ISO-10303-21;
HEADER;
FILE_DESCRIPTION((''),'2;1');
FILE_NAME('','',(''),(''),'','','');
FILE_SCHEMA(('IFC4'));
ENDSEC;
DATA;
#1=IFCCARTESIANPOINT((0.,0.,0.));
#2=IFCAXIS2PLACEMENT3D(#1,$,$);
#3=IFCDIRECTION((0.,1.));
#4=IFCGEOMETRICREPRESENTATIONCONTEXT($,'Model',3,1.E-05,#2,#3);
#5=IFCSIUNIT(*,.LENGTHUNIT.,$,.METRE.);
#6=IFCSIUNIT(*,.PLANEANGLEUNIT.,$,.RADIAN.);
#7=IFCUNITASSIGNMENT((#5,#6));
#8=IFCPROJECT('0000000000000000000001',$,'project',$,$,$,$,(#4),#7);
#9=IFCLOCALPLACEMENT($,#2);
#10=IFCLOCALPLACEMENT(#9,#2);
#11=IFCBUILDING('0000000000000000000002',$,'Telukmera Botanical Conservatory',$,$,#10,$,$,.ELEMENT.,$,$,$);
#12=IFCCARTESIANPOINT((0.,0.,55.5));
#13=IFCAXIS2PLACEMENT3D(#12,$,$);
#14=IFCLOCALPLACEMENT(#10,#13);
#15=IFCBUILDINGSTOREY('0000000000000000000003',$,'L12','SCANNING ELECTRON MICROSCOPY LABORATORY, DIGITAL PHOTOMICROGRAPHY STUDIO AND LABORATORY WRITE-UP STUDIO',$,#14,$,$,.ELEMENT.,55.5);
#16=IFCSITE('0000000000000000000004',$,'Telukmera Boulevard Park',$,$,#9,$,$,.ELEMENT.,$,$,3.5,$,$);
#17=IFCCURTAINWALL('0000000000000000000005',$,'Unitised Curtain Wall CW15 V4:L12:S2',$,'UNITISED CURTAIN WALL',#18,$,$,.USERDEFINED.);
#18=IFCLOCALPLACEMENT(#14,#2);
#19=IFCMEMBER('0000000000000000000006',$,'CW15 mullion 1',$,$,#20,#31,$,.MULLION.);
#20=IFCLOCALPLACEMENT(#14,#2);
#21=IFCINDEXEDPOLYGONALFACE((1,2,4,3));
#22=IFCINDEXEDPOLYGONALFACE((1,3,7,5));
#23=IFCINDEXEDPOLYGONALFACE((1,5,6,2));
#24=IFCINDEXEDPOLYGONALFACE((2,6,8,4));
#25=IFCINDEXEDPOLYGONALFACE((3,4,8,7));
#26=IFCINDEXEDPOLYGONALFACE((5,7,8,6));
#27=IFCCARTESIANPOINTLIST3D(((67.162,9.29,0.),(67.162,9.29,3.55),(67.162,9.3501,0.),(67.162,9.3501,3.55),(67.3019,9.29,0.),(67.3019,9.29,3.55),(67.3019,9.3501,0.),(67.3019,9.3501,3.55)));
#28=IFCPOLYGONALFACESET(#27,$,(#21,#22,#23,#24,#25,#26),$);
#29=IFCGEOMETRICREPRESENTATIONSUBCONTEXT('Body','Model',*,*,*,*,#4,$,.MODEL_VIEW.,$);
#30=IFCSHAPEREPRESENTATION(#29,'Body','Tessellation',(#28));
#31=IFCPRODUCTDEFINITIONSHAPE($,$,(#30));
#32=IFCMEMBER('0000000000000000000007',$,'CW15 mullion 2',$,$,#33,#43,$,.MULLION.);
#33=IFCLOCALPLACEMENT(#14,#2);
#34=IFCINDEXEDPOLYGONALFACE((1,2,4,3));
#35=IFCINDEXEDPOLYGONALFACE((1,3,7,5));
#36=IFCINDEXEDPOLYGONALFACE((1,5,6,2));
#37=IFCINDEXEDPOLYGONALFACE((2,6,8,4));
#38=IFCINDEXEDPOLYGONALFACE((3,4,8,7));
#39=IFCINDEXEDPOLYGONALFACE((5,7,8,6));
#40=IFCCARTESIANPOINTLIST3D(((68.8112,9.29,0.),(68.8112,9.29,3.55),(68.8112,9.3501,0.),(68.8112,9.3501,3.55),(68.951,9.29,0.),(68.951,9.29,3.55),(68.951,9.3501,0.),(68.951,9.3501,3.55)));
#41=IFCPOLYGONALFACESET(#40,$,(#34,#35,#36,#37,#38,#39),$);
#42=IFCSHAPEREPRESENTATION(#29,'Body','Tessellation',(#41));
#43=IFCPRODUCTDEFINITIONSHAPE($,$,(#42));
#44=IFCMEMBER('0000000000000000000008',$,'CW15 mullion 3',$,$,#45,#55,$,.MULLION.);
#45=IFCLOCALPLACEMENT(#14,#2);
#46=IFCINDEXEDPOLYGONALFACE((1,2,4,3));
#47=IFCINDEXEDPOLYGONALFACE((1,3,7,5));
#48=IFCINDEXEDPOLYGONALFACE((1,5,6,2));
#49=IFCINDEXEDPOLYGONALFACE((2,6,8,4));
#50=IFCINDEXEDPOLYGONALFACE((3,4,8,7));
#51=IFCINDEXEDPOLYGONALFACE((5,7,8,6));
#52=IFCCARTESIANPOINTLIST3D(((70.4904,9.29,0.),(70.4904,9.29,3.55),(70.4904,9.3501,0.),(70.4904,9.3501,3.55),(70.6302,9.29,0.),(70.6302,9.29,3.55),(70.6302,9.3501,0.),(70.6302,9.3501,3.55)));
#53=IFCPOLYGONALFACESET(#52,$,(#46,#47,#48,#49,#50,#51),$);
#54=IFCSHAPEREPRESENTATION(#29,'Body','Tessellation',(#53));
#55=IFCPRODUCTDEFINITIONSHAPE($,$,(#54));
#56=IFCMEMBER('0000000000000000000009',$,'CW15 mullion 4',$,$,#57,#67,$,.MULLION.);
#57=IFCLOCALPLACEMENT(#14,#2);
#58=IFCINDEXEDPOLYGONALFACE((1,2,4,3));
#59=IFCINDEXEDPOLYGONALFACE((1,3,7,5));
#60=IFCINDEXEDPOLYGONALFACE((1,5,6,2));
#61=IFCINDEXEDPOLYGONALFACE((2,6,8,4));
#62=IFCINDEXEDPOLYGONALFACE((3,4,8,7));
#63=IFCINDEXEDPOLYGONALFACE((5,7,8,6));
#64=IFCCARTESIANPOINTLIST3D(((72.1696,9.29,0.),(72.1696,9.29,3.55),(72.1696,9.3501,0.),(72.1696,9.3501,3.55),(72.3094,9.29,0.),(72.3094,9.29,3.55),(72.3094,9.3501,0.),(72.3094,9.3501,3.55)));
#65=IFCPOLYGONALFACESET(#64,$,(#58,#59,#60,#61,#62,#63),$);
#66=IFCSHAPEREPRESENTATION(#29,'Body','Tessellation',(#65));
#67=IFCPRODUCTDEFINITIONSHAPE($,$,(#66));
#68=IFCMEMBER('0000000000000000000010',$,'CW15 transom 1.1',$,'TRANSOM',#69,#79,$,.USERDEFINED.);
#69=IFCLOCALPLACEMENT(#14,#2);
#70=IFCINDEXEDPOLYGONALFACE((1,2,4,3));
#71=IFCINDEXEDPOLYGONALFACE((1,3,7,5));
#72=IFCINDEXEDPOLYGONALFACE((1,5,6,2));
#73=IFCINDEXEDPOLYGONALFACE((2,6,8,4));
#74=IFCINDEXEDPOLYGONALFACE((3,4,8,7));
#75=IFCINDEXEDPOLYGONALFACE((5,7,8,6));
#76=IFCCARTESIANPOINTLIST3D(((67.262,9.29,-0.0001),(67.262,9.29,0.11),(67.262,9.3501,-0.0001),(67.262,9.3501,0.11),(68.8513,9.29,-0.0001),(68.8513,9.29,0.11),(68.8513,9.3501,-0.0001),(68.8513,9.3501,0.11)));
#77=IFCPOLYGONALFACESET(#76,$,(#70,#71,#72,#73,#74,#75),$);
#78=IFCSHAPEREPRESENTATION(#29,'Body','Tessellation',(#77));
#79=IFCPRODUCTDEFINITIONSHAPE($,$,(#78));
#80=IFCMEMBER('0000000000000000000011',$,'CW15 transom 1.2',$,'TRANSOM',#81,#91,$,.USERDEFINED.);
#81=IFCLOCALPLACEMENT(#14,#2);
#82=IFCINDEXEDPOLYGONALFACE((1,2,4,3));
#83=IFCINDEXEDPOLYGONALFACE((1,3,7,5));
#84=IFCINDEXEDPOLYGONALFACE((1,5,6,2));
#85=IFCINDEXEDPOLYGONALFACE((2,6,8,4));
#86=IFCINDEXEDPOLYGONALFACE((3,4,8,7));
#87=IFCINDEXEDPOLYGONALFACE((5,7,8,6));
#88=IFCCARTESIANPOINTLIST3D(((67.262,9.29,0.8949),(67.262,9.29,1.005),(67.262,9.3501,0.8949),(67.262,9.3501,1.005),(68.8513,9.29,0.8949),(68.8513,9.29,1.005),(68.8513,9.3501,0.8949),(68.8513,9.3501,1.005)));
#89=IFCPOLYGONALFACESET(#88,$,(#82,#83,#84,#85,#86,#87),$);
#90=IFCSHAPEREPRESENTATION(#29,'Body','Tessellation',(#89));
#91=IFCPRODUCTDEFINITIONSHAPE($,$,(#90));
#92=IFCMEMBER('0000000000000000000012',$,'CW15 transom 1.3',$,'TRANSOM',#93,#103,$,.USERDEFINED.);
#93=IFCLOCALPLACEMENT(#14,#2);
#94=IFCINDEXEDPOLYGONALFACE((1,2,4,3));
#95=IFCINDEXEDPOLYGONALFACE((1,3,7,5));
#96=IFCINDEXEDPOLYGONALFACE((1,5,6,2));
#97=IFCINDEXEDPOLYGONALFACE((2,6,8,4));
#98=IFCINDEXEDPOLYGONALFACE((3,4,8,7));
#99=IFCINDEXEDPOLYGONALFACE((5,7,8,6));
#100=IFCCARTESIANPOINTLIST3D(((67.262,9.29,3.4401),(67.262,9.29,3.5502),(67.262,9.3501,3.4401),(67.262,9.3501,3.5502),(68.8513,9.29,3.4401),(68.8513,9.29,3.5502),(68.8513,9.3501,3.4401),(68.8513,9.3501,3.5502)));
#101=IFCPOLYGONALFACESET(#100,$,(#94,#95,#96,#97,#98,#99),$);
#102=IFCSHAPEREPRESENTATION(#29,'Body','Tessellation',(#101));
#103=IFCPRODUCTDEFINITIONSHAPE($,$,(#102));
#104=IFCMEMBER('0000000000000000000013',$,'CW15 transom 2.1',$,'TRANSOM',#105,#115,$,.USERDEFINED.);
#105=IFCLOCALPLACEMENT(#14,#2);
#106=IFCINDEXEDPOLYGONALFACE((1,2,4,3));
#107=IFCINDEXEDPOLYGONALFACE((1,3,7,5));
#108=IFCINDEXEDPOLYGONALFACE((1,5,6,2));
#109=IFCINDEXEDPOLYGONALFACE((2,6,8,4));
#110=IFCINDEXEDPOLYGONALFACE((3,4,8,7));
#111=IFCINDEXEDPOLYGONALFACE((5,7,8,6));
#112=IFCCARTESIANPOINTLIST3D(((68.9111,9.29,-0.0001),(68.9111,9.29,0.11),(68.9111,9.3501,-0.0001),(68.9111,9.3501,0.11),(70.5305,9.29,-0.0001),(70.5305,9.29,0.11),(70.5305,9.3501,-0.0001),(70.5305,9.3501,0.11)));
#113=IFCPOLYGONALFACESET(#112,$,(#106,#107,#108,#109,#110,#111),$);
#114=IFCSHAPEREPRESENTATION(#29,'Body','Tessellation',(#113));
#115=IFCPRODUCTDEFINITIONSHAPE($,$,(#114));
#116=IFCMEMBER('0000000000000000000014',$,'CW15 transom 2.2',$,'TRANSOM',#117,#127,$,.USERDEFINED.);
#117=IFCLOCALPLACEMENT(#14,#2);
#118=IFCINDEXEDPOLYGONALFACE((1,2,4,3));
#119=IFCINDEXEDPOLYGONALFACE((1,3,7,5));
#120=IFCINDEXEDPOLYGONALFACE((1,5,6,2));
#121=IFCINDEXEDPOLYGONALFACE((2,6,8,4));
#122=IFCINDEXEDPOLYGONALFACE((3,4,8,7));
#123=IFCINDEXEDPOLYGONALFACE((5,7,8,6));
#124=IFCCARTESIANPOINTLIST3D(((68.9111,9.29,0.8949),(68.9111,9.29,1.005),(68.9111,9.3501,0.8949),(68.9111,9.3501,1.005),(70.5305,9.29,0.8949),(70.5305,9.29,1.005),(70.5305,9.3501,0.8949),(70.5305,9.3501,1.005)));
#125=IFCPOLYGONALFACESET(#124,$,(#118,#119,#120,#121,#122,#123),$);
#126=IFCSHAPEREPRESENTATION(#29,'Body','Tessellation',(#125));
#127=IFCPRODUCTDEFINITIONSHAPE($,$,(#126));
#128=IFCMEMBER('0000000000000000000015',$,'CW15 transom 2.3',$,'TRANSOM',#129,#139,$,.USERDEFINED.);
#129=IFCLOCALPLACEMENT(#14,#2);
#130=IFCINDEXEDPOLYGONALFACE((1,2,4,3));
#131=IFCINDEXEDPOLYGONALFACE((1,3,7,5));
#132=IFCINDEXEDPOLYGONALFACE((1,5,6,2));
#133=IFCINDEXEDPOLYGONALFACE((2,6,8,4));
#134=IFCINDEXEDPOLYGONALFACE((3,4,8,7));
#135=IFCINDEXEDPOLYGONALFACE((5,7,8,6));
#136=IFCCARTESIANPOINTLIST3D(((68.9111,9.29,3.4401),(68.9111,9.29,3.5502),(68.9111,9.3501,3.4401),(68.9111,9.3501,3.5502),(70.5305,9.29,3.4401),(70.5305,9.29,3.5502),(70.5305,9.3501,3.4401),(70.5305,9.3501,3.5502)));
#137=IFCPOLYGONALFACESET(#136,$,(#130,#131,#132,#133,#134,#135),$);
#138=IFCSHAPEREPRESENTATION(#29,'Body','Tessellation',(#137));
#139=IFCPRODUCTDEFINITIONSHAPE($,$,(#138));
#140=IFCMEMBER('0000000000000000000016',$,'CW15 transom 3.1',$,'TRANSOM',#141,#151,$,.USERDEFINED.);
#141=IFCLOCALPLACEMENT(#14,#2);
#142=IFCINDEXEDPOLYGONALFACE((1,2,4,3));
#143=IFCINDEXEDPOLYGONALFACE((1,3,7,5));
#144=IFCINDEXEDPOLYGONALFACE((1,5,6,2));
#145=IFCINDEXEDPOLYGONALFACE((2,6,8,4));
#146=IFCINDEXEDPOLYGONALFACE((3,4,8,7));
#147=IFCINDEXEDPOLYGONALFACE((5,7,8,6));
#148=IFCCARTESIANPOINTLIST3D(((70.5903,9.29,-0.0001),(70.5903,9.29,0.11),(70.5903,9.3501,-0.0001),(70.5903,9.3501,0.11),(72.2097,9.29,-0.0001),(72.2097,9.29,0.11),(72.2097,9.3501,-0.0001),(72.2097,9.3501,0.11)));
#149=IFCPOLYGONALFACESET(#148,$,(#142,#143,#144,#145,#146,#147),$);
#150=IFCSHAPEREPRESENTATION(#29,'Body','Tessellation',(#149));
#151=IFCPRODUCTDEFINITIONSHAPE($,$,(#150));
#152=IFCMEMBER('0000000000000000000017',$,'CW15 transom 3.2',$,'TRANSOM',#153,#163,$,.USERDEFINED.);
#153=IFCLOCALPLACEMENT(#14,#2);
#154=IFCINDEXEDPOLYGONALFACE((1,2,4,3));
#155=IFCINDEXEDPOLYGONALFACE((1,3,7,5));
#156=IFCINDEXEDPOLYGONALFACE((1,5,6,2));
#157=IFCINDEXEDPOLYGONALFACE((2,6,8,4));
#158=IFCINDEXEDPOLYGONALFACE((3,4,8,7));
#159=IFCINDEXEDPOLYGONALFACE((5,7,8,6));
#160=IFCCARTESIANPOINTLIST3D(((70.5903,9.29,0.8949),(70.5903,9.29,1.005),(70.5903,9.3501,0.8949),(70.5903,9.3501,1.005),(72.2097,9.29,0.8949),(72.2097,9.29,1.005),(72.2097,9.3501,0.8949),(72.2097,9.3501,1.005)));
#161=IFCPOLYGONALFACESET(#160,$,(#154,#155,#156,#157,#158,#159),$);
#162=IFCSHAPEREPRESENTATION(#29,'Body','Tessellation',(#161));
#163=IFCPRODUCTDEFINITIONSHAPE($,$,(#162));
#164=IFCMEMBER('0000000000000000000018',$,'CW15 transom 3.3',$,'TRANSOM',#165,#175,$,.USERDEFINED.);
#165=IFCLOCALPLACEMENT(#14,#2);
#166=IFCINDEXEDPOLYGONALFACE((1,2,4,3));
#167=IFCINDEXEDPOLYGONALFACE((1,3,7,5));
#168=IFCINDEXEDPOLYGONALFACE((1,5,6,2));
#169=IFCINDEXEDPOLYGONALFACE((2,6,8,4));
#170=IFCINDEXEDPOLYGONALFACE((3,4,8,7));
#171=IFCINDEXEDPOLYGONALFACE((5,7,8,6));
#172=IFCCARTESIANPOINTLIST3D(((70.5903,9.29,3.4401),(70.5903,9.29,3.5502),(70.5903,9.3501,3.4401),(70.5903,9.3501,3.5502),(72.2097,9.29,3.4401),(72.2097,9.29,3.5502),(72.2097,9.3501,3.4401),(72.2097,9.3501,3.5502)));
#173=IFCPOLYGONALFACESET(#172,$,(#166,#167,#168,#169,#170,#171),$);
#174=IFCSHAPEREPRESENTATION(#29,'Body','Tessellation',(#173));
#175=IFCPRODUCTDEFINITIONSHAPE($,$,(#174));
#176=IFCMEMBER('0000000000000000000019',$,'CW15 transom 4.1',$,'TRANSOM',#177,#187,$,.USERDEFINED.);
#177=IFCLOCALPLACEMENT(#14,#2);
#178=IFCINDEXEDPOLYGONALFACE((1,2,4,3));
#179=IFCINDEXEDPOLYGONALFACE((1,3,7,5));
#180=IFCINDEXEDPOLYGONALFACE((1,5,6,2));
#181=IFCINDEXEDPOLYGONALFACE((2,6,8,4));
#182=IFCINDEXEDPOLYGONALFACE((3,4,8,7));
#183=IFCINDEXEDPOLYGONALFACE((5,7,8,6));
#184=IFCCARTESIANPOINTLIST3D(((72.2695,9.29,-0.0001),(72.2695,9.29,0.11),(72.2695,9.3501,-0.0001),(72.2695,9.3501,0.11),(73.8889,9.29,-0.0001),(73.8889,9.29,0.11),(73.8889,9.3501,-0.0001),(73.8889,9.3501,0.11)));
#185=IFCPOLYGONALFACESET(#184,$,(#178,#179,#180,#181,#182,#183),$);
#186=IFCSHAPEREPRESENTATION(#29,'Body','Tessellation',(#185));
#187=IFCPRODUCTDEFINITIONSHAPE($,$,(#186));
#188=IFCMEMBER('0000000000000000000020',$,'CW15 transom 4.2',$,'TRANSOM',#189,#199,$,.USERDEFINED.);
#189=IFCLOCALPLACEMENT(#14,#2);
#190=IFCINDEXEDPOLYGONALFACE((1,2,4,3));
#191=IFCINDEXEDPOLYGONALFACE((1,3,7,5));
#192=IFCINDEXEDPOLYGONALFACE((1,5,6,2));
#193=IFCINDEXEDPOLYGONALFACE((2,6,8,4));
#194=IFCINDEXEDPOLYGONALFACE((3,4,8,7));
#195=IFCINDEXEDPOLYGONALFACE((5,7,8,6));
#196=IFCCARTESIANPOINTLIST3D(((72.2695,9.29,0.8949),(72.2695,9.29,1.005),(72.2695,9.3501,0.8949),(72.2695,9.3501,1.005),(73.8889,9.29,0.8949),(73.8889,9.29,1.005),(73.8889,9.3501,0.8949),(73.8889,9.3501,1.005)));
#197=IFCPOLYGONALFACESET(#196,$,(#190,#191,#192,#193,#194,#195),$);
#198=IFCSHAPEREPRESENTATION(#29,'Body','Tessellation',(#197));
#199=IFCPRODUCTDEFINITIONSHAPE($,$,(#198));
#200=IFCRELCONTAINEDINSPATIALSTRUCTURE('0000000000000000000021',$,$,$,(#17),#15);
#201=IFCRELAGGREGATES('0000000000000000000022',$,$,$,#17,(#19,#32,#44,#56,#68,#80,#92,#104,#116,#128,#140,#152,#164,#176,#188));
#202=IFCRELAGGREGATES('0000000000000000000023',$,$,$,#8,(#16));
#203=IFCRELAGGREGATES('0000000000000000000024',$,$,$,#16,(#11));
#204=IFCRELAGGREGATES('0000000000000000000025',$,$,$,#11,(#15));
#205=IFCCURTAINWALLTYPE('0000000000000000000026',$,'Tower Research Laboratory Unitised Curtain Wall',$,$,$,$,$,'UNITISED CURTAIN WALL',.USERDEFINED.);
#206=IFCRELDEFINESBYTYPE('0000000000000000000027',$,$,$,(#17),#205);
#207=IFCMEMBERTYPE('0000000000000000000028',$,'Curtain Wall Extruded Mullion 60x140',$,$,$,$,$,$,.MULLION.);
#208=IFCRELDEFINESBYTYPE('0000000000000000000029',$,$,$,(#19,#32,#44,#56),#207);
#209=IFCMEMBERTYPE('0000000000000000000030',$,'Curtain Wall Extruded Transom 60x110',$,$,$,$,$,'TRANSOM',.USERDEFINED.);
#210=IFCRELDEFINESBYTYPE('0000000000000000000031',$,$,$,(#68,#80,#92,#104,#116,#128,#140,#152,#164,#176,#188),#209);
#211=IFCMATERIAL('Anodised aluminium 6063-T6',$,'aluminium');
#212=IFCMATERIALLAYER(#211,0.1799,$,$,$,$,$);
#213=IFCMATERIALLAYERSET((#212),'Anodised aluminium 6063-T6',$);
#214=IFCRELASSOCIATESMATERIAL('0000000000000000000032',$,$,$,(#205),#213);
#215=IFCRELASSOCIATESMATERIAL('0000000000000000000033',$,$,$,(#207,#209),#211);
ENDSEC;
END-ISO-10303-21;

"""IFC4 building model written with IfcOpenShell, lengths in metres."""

from ifc_helpers import new_model, si_unit, direction, frame, origin, origin_2d, place, context, subcontext, project, spatial, rectangle, extrude, material, layer, layer_set, material_profile, profile_set, type_object, element, aggregate, save


model = new_model("IFC4")

# Units and contexts
model_context = context("Model", 3, precision=1e-05, world=origin(), true_north=direction((0.0, 1.0)))
body_context = subcontext(model_context, "Body", "Model", "MODEL_VIEW")
ifc_project = project(units=[si_unit("LENGTHUNIT", "METRE"), si_unit("PLANEANGLEUNIT", "RADIAN")], contexts=[model_context])

# Site, building, storey
site_placement = place(None, origin())
site = spatial("IfcSite", under=ifc_project, at=site_placement, Name="Telukmera Boulevard Park", CompositionType="ELEMENT", RefElevation=3.5)
building_placement = place(site_placement, origin())
building = spatial("IfcBuilding", under=site, at=building_placement, Name="Telukmera Botanical Conservatory", CompositionType="ELEMENT")
storey_placement = place(building_placement, frame((0.0, 0.0, 55.5)))
storey = spatial("IfcBuildingStorey", under=building, at=storey_placement, Name="L12", Description="SCANNING ELECTRON MICROSCOPY LABORATORY, DIGITAL PHOTOMICROGRAPHY STUDIO AND LABORATORY WRITE-UP STUDIO", CompositionType="ELEMENT", Elevation=55.5)

# Curtain wall, members
ifc_material_1 = material(Name="Anodised aluminium 6063-T6", Category="aluminium")
ifc_layer_1 = layer(ifc_material_1, 0.1799)
ifc_layer_set_1 = layer_set([ifc_layer_1], Name="Anodised aluminium 6063-T6")
curtain_wall_type = type_object("IfcCurtainWallType", Name="Tower Research Laboratory Unitised Curtain Wall", ElementType="UNITISED CURTAIN WALL", PredefinedType="USERDEFINED", material=ifc_layer_set_1)
curtain_wall_placement = place(storey_placement, origin())
curtain_wall = element("IfcCurtainWall", 1, at=curtain_wall_placement, inside=storey, type_object=curtain_wall_type, Name="Unitised Curtain Wall CW15 V4:L12:S2", ObjectType="UNITISED CURTAIN WALL", PredefinedType="USERDEFINED")
ifc_material_profile_1 = material_profile(ifc_material_1, rectangle(XDim=0.0601, YDim=0.1399, at=origin_2d()), Name="ALU MULL 60x140")
ifc_profile_set_1 = profile_set([ifc_material_profile_1], Name="Anodised aluminium 6063-T6")
member_type_1 = type_object("IfcMemberType", Name="Curtain Wall Extruded Mullion 60x140", PredefinedType="MULLION", material=ifc_profile_set_1)
member_1_placement = place(storey_placement, frame((67.2319, 9.3201, 0.0), z_axis=(0.0, 0.0, 1.0), x_axis=(0.0, 1.0, 0.0)))
member_1 = element("IfcMember", 2, at=member_1_placement, type_object=member_type_1, Name="CW15 mullion 1", PredefinedType="MULLION", context=body_context, shape_type="SweptSolid", body=[
    extrude(rectangle(XDim=0.0601, YDim=0.1399, at=origin_2d()), origin(), (0.0, 0.0, 1.0), 3.55),
])
member_2_placement = place(storey_placement, frame((68.8811, 9.3201, 0.0), z_axis=(0.0, 0.0, 1.0), x_axis=(0.0, 1.0, 0.0)))
member_2 = element("IfcMember", 3, at=member_2_placement, type_object=member_type_1, Name="CW15 mullion 2", PredefinedType="MULLION", context=body_context, shape_type="SweptSolid", body=[
    extrude(rectangle(XDim=0.0601, YDim=0.1399, at=origin_2d()), origin(), (0.0, 0.0, 1.0), 3.55),
])
member_3_placement = place(storey_placement, frame((70.5603, 9.3201, 0.0), z_axis=(0.0, 0.0, 1.0), x_axis=(0.0, 1.0, 0.0)))
member_3 = element("IfcMember", 4, at=member_3_placement, type_object=member_type_1, Name="CW15 mullion 3", PredefinedType="MULLION", context=body_context, shape_type="SweptSolid", body=[
    extrude(rectangle(XDim=0.0601, YDim=0.1399, at=origin_2d()), origin(), (0.0, 0.0, 1.0), 3.55),
])
member_4_placement = place(storey_placement, frame((72.2395, 9.3201, 0.0), z_axis=(0.0, 0.0, 1.0), x_axis=(0.0, 1.0, 0.0)))
member_4 = element("IfcMember", 5, at=member_4_placement, type_object=member_type_1, Name="CW15 mullion 4", PredefinedType="MULLION", context=body_context, shape_type="SweptSolid", body=[
    extrude(rectangle(XDim=0.0601, YDim=0.1399, at=origin_2d()), origin(), (0.0, 0.0, 1.0), 3.55),
])
ifc_material_profile_2 = material_profile(ifc_material_1, rectangle(XDim=0.0601, YDim=0.1101, at=origin_2d()), Name="ALU TRAN 60x110")
ifc_profile_set_2 = profile_set([ifc_material_profile_2], Name="Anodised aluminium 6063-T6")
member_type_2 = type_object("IfcMemberType", Name="Curtain Wall Extruded Transom 60x110", ElementType="TRANSOM", PredefinedType="USERDEFINED", material=ifc_profile_set_2)
member_5_placement = place(storey_placement, frame((67.262, 9.3201, 0.0549), z_axis=(1.0, 0.0, 0.0), x_axis=(0.0, 1.0, 0.0)))
member_5 = element("IfcMember", 6, at=member_5_placement, type_object=member_type_2, Name="CW15 transom 1.1", ObjectType="TRANSOM", PredefinedType="USERDEFINED", context=body_context, shape_type="SweptSolid", body=[
    extrude(rectangle(XDim=0.0601, YDim=0.1101, at=origin_2d()), origin(), (0.0, 0.0, 1.0), 1.5894),
])
member_6_placement = place(storey_placement, frame((67.262, 9.3201, 0.95), z_axis=(1.0, 0.0, 0.0), x_axis=(0.0, 1.0, 0.0)))
member_6 = element("IfcMember", 7, at=member_6_placement, type_object=member_type_2, Name="CW15 transom 1.2", ObjectType="TRANSOM", PredefinedType="USERDEFINED", context=body_context, shape_type="SweptSolid", body=[
    extrude(rectangle(XDim=0.0601, YDim=0.1101, at=origin_2d()), origin(), (0.0, 0.0, 1.0), 1.5894),
])
member_7_placement = place(storey_placement, frame((67.262, 9.3201, 3.4951), z_axis=(1.0, 0.0, 0.0), x_axis=(0.0, 1.0, 0.0)))
member_7 = element("IfcMember", 8, at=member_7_placement, type_object=member_type_2, Name="CW15 transom 1.3", ObjectType="TRANSOM", PredefinedType="USERDEFINED", context=body_context, shape_type="SweptSolid", body=[
    extrude(rectangle(XDim=0.0601, YDim=0.1101, at=origin_2d()), origin(), (0.0, 0.0, 1.0), 1.5894),
])
member_8_placement = place(storey_placement, frame((68.9111, 9.3201, 0.0549), z_axis=(1.0, 0.0, 0.0), x_axis=(0.0, 1.0, 0.0)))
member_8 = element("IfcMember", 9, at=member_8_placement, type_object=member_type_2, Name="CW15 transom 2.1", ObjectType="TRANSOM", PredefinedType="USERDEFINED", context=body_context, shape_type="SweptSolid", body=[
    extrude(rectangle(XDim=0.0601, YDim=0.1101, at=origin_2d()), origin(), (0.0, 0.0, 1.0), 1.6194),
])
member_9_placement = place(storey_placement, frame((68.9111, 9.3201, 0.95), z_axis=(1.0, 0.0, 0.0), x_axis=(0.0, 1.0, 0.0)))
member_9 = element("IfcMember", 10, at=member_9_placement, type_object=member_type_2, Name="CW15 transom 2.2", ObjectType="TRANSOM", PredefinedType="USERDEFINED", context=body_context, shape_type="SweptSolid", body=[
    extrude(rectangle(XDim=0.0601, YDim=0.1101, at=origin_2d()), origin(), (0.0, 0.0, 1.0), 1.6194),
])
member_10_placement = place(storey_placement, frame((68.9111, 9.3201, 3.4951), z_axis=(1.0, 0.0, 0.0), x_axis=(0.0, 1.0, 0.0)))
member_10 = element("IfcMember", 11, at=member_10_placement, type_object=member_type_2, Name="CW15 transom 2.3", ObjectType="TRANSOM", PredefinedType="USERDEFINED", context=body_context, shape_type="SweptSolid", body=[
    extrude(rectangle(XDim=0.0601, YDim=0.1101, at=origin_2d()), origin(), (0.0, 0.0, 1.0), 1.6194),
])
member_11_placement = place(storey_placement, frame((70.5903, 9.3201, 0.0549), z_axis=(1.0, 0.0, 0.0), x_axis=(0.0, 1.0, 0.0)))
member_11 = element("IfcMember", 12, at=member_11_placement, type_object=member_type_2, Name="CW15 transom 3.1", ObjectType="TRANSOM", PredefinedType="USERDEFINED", context=body_context, shape_type="SweptSolid", body=[
    extrude(rectangle(XDim=0.0601, YDim=0.1101, at=origin_2d()), origin(), (0.0, 0.0, 1.0), 1.6194),
])
member_12_placement = place(storey_placement, frame((70.5903, 9.3201, 0.95), z_axis=(1.0, 0.0, 0.0), x_axis=(0.0, 1.0, 0.0)))
member_12 = element("IfcMember", 13, at=member_12_placement, type_object=member_type_2, Name="CW15 transom 3.2", ObjectType="TRANSOM", PredefinedType="USERDEFINED", context=body_context, shape_type="SweptSolid", body=[
    extrude(rectangle(XDim=0.0601, YDim=0.1101, at=origin_2d()), origin(), (0.0, 0.0, 1.0), 1.6194),
])
member_13_placement = place(storey_placement, frame((70.5903, 9.3201, 3.4951), z_axis=(1.0, 0.0, 0.0), x_axis=(0.0, 1.0, 0.0)))
member_13 = element("IfcMember", 14, at=member_13_placement, type_object=member_type_2, Name="CW15 transom 3.3", ObjectType="TRANSOM", PredefinedType="USERDEFINED", context=body_context, shape_type="SweptSolid", body=[
    extrude(rectangle(XDim=0.0601, YDim=0.1101, at=origin_2d()), origin(), (0.0, 0.0, 1.0), 1.6194),
])
member_14_placement = place(storey_placement, frame((72.2695, 9.3201, 0.0549), z_axis=(1.0, 0.0, 0.0), x_axis=(0.0, 1.0, 0.0)))
member_14 = element("IfcMember", 15, at=member_14_placement, type_object=member_type_2, Name="CW15 transom 4.1", ObjectType="TRANSOM", PredefinedType="USERDEFINED", context=body_context, shape_type="SweptSolid", body=[
    extrude(rectangle(XDim=0.0601, YDim=0.1101, at=origin_2d()), origin(), (0.0, 0.0, 1.0), 1.6194),
])
member_15_placement = place(storey_placement, frame((72.2695, 9.3201, 0.95), z_axis=(1.0, 0.0, 0.0), x_axis=(0.0, 1.0, 0.0)))
member_15 = element("IfcMember", 16, at=member_15_placement, type_object=member_type_2, Name="CW15 transom 4.2", ObjectType="TRANSOM", PredefinedType="USERDEFINED", context=body_context, shape_type="SweptSolid", body=[
    extrude(rectangle(XDim=0.0601, YDim=0.1101, at=origin_2d()), origin(), (0.0, 0.0, 1.0), 1.6194),
])
aggregate(curtain_wall, [member_1, member_2, member_3, member_4, member_5, member_6, member_7, member_8, member_9, member_10, member_11, member_12, member_13, member_14, member_15])

save(model, "model.ifc")
